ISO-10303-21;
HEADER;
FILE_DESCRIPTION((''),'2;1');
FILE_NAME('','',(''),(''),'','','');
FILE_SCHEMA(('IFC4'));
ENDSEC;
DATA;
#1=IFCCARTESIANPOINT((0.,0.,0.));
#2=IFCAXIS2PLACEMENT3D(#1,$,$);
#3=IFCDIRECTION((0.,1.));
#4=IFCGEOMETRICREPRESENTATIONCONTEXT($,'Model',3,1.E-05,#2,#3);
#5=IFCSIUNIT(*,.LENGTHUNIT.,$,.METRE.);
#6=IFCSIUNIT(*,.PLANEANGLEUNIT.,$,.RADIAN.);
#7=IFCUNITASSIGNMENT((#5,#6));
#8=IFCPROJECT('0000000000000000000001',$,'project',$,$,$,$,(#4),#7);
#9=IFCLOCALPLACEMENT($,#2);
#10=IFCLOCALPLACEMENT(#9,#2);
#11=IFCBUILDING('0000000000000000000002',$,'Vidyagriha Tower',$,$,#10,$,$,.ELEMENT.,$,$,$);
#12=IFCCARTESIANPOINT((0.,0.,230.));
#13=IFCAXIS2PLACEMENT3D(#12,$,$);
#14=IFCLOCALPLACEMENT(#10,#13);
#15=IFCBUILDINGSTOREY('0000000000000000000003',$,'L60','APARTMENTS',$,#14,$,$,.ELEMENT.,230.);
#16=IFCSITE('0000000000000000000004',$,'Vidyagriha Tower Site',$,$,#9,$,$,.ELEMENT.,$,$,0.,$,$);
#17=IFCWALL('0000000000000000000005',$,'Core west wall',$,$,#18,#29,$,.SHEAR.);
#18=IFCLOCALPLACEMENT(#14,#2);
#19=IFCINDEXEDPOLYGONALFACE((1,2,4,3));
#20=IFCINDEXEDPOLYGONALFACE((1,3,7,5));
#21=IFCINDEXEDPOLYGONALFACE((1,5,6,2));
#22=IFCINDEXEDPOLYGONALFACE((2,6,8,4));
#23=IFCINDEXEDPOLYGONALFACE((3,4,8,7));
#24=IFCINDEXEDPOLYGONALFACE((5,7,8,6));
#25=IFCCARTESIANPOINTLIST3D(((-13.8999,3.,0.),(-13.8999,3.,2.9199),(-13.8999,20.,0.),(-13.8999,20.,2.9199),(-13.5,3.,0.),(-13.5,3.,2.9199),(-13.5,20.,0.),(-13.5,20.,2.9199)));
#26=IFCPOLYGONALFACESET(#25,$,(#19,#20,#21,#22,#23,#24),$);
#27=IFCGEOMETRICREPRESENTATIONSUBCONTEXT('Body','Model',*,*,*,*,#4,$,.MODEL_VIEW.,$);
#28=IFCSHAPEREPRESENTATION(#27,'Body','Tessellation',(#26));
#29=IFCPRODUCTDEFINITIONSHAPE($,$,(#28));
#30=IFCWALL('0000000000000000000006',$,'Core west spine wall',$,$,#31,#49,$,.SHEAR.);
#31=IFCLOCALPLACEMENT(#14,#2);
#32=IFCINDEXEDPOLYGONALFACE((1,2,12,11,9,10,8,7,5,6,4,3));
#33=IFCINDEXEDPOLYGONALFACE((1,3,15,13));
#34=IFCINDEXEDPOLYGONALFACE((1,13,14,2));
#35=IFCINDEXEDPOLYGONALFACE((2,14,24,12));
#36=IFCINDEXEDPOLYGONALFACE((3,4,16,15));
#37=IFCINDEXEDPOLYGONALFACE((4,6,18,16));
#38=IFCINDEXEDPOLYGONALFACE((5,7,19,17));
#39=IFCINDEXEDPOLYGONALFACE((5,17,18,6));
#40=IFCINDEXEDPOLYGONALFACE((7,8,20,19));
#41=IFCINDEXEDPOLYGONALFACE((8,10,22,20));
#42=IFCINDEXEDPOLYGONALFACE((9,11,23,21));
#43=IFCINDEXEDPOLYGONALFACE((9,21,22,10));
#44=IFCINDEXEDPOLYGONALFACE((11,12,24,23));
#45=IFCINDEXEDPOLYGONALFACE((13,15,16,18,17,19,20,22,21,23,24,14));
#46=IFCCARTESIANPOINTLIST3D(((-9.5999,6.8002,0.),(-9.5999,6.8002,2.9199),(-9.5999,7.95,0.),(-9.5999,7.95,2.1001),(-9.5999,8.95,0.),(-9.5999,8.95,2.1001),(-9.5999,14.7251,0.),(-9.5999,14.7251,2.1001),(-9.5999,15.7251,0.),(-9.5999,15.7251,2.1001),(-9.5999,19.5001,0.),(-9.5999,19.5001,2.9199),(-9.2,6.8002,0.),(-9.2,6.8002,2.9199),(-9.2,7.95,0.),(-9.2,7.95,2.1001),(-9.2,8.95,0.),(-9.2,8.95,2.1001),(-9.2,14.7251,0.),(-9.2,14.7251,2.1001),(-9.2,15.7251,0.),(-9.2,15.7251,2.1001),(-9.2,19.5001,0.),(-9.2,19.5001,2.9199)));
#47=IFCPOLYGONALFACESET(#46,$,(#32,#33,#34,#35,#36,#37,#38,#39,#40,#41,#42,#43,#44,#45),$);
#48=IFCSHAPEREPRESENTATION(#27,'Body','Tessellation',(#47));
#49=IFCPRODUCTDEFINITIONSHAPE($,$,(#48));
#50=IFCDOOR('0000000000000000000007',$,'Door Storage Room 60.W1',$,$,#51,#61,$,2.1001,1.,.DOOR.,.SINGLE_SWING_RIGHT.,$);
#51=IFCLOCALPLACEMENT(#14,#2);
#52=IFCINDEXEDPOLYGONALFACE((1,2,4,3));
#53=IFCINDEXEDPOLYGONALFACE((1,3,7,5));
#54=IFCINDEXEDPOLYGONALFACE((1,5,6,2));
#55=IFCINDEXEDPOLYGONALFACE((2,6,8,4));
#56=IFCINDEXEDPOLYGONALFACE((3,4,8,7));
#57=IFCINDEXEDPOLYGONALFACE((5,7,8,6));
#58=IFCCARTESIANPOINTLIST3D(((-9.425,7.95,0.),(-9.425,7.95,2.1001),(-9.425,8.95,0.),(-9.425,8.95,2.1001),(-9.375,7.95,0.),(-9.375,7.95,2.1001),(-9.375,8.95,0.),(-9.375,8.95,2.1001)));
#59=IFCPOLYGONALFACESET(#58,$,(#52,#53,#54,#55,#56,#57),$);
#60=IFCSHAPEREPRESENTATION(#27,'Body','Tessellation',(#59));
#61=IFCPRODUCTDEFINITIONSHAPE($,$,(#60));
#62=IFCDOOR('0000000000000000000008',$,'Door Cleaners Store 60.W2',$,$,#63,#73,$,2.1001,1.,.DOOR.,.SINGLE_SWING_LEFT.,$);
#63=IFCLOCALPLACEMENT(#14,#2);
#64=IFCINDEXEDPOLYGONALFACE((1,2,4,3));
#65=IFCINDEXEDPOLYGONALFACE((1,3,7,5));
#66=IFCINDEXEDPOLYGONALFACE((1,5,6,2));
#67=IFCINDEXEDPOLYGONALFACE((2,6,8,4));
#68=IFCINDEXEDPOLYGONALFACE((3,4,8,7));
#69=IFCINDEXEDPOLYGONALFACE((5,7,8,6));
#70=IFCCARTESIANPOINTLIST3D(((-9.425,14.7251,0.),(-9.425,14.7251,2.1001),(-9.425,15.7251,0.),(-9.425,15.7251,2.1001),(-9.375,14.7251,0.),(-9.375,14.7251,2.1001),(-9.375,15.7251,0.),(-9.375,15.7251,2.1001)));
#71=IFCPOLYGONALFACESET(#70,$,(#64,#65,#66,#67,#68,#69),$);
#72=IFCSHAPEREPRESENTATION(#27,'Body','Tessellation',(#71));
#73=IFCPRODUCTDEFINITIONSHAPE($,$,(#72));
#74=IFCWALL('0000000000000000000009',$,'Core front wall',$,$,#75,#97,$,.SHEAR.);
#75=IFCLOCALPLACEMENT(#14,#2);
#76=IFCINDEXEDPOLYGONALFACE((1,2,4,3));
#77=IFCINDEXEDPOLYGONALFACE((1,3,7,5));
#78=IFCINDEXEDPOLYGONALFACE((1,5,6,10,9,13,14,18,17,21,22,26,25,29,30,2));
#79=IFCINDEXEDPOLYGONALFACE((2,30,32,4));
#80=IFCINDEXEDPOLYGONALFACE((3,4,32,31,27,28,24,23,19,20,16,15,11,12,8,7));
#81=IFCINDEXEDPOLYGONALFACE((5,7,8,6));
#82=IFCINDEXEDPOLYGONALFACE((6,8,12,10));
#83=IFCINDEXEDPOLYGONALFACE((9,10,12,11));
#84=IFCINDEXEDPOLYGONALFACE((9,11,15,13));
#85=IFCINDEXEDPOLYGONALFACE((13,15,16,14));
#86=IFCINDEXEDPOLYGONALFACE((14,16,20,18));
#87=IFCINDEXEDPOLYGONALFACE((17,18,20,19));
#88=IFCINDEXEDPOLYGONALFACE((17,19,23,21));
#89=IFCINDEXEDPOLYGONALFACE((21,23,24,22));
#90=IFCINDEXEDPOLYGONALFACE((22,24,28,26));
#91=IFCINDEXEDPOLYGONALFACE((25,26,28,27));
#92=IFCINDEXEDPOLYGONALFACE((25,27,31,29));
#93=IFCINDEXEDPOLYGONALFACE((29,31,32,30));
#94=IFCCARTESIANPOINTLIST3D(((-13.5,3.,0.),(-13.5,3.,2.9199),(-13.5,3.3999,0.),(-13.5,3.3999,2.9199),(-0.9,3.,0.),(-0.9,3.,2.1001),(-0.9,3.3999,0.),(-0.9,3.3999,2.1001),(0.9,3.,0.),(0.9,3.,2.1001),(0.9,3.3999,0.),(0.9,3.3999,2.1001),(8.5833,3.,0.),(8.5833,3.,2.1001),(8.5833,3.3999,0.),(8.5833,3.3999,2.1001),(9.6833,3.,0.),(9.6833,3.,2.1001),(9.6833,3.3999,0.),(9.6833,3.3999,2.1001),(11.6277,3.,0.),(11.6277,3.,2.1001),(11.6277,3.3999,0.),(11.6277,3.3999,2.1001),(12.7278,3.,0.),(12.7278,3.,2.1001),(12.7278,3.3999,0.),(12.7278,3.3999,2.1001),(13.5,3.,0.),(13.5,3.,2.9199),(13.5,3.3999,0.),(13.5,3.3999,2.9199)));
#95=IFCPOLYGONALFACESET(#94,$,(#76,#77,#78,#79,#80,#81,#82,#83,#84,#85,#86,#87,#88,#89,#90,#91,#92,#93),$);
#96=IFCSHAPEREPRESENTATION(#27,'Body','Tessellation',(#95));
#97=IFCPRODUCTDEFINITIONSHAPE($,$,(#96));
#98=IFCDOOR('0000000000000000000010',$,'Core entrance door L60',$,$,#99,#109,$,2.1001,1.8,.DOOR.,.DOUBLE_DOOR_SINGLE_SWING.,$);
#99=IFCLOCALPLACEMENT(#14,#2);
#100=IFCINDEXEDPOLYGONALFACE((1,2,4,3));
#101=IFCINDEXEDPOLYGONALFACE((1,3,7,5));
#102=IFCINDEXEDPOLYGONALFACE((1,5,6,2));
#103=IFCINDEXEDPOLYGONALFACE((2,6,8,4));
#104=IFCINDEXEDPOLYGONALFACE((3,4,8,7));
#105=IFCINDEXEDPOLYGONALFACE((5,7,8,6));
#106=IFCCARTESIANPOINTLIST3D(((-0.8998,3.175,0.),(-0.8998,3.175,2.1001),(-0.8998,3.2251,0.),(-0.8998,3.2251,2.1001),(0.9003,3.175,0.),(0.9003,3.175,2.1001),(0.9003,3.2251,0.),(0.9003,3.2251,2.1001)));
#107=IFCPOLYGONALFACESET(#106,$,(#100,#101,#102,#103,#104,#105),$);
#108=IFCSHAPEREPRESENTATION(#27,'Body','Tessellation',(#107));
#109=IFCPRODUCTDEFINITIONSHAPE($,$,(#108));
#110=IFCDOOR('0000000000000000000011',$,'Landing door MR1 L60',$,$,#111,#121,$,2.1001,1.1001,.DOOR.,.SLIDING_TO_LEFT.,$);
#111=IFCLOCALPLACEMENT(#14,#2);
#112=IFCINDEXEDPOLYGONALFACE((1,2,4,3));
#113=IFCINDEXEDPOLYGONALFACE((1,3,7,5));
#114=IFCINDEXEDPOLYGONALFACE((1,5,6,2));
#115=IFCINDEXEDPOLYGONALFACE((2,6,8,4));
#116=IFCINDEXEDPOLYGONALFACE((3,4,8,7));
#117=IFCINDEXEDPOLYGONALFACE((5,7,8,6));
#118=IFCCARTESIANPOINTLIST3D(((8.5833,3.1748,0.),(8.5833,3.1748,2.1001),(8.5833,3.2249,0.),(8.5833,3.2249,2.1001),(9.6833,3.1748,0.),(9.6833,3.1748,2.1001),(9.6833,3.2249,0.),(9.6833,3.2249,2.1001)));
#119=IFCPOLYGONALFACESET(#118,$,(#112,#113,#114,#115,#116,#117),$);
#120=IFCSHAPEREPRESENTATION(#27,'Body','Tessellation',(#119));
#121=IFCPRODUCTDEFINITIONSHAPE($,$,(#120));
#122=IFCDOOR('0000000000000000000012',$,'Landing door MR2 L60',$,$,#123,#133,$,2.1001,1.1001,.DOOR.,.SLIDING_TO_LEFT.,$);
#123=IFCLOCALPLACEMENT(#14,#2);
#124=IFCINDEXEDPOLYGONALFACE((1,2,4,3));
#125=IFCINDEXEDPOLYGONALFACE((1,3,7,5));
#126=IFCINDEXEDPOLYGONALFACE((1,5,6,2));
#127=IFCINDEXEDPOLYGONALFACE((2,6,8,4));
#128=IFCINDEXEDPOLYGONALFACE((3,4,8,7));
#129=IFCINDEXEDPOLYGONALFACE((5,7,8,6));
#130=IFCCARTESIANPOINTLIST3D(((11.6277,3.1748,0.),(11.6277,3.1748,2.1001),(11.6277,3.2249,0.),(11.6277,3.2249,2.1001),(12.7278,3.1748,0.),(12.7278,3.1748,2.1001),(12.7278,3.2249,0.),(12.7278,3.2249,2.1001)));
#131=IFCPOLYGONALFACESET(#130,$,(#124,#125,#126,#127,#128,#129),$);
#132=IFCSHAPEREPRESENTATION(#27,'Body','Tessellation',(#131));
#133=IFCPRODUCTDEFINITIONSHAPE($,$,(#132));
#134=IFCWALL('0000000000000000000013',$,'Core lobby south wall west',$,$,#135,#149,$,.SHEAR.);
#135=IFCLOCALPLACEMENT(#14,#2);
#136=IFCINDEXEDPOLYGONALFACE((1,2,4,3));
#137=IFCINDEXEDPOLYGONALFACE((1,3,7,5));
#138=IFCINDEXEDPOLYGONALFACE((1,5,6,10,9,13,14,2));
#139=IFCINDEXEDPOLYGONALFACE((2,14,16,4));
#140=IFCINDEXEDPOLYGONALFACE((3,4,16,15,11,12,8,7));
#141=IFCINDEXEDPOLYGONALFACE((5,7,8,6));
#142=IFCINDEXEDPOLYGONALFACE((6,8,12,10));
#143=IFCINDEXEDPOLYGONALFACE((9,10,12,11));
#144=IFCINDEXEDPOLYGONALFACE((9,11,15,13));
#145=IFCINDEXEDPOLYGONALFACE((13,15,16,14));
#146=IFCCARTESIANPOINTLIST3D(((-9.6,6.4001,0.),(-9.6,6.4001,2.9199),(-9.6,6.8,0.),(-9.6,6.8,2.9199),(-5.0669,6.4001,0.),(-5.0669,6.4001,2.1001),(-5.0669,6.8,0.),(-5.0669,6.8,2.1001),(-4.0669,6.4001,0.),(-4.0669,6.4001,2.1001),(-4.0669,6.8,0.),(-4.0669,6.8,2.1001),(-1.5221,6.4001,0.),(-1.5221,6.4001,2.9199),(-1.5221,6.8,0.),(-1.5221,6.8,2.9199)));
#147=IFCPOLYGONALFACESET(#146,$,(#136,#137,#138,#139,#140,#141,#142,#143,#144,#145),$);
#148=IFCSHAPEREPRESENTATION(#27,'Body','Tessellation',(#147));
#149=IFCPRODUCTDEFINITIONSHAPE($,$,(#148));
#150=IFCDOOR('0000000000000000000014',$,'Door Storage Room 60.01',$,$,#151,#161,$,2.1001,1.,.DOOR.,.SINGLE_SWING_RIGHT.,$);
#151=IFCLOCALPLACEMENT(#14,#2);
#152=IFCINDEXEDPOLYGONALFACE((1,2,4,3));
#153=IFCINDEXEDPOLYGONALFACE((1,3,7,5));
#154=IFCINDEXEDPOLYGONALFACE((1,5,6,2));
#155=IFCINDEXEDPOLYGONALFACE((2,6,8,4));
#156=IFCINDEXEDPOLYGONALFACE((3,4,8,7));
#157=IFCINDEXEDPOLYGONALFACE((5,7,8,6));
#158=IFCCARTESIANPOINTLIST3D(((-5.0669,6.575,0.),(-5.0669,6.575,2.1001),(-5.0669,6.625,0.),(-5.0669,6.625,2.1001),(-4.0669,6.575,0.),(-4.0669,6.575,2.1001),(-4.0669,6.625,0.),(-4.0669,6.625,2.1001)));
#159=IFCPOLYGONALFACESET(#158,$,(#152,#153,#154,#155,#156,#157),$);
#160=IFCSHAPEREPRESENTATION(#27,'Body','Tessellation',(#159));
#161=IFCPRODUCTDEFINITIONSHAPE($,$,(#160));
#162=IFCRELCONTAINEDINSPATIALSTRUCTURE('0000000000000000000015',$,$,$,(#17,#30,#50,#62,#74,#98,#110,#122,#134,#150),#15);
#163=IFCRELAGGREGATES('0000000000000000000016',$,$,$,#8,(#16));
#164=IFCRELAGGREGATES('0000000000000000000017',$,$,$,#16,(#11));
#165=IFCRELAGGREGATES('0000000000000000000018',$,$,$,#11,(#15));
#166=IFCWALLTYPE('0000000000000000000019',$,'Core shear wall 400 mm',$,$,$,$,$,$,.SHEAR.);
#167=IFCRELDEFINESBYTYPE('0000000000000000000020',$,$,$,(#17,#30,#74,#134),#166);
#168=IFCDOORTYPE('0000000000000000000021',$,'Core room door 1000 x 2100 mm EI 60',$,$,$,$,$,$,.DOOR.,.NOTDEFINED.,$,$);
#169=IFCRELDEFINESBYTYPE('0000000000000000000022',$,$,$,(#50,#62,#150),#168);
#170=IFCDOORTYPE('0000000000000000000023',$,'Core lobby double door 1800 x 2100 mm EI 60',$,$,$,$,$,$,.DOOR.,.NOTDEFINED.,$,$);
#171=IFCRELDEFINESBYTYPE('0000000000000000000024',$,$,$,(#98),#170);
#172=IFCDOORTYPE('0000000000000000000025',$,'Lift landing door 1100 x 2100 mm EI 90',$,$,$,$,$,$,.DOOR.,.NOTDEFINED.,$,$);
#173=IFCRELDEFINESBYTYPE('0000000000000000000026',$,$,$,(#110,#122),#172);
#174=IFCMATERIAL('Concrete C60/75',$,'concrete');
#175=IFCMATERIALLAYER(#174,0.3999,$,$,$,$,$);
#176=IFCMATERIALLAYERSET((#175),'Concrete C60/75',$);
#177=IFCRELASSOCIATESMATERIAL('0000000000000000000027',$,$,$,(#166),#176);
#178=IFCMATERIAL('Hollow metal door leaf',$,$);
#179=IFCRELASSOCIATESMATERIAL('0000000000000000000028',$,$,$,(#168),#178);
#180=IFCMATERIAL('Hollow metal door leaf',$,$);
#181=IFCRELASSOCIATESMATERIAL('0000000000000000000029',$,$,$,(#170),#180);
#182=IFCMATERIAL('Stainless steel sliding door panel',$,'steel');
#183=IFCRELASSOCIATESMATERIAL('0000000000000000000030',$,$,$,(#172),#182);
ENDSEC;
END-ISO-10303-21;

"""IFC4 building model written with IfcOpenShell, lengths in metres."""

from ifc_helpers import new_model, si_unit, direction, frame, frame_2d, origin, place, context, subcontext, project, spatial, rectangle, extrude, material, layer, layer_set, type_object, element, fill, save


model = new_model("IFC4")

# Units and contexts
model_context = context("Model", 3, precision=1e-05, world=origin(), true_north=direction((0.0, 1.0)))
body_context = subcontext(model_context, "Body", "Model", "MODEL_VIEW")
ifc_project = project(units=[si_unit("LENGTHUNIT", "METRE"), si_unit("PLANEANGLEUNIT", "RADIAN")], contexts=[model_context])

# Site, building, storey
site_placement = place(None, origin())
site = spatial("IfcSite", under=ifc_project, at=site_placement, Name="Vidyagriha Tower Site", CompositionType="ELEMENT", RefElevation=0.0)
building_placement = place(site_placement, origin())
building = spatial("IfcBuilding", under=site, at=building_placement, Name="Vidyagriha Tower", CompositionType="ELEMENT")
storey_placement = place(building_placement, frame((0.0, 0.0, 230.0)))
storey = spatial("IfcBuildingStorey", under=building, at=storey_placement, Name="L60", Description="APARTMENTS", CompositionType="ELEMENT", Elevation=230.0)

# Wall
ifc_material_1 = material(Name="Concrete C60/75", Category="concrete")
ifc_layer_1 = layer(ifc_material_1, 0.3999)
ifc_layer_set_1 = layer_set([ifc_layer_1], Name="Concrete C60/75")
wall_type_1 = type_object("IfcWallType", Name="Core shear wall 400 mm", PredefinedType="SHEAR", material=ifc_layer_set_1)
wall_1_placement = place(storey_placement, frame((-13.7, 3.0, 0.0), z_axis=(0.0, 0.0, 1.0), x_axis=(0.0, 1.0, 0.0)))
element("IfcWall", 1, at=wall_1_placement, inside=storey, type_object=wall_type_1, Name="Core west wall", PredefinedType="SHEAR", context=body_context, shape_type="SweptSolid", body=[
    extrude(rectangle(XDim=17.0, YDim=0.3999, at=frame_2d((8.5, 0.0))), origin(), (0.0, 0.0, 1.0), 2.9199),
])

# Walls, openings, doors
wall_2_placement = place(storey_placement, frame((-9.3999, 6.8, 0.0), z_axis=(0.0, 0.0, 1.0), x_axis=(0.0, 1.0, 0.0)))
wall_2 = element("IfcWall", 2, at=wall_2_placement, inside=storey, type_object=wall_type_1, Name="Core west spine wall", PredefinedType="SHEAR", context=body_context, shape_type="SweptSolid", body=[
    extrude(rectangle(XDim=12.7, YDim=0.3999, at=frame_2d((6.3501, 0.0))), origin(), (0.0, 0.0, 1.0), 2.9199),
])
opening_1_placement = place(wall_2_placement, frame((1.1499, 0.0, 0.0)))
opening_1 = element("IfcOpeningElement", 3, at=opening_1_placement, cuts=wall_2, PredefinedType="OPENING", context=body_context, shape_type="SweptSolid", body=[
    extrude(rectangle(XDim=1.0, YDim=2.1001, at=frame_2d((0.5, 1.05))), frame((0.0, 0.21, 0.0), z_axis=(0.0, -1.0, 0.0), x_axis=(1.0, 0.0, 0.0)), (0.0, 0.0, 1.0), 0.4199),
])
opening_2_placement = place(wall_2_placement, frame((7.925, 0.0, 0.0)))
opening_2 = element("IfcOpeningElement", 4, at=opening_2_placement, cuts=wall_2, PredefinedType="OPENING", context=body_context, shape_type="SweptSolid", body=[
    extrude(rectangle(XDim=1.0, YDim=2.1001, at=frame_2d((0.5, 1.05))), frame((0.0, 0.21, 0.0), z_axis=(0.0, -1.0, 0.0), x_axis=(1.0, 0.0, 0.0)), (0.0, 0.0, 1.0), 0.4199),
])
ifc_material_2 = material(Name="Hollow metal door leaf")
door_type_1 = type_object("IfcDoorType", Name="Core room door 1000 x 2100 mm EI 60", OperationType="NOTDEFINED", PredefinedType="DOOR", material=ifc_material_2)
door_1_placement = place(opening_1_placement, frame((1.0, 0.0, 0.0), z_axis=(0.0, 0.0, 1.0), x_axis=(-1.0, 0.0, 0.0)))
door_1 = element("IfcDoor", 5, at=door_1_placement, inside=storey, type_object=door_type_1, Name="Door Storage Room 60.W1", OperationType="SINGLE_SWING_RIGHT", OverallHeight=2.1001, OverallWidth=1.0, PredefinedType="DOOR", context=body_context, shape_type="SweptSolid", body=[
    extrude(rectangle(XDim=1.0, YDim=2.1001, at=frame_2d((0.5, 1.05))), frame((0.0, 0.0249, 0.0), z_axis=(0.0, -1.0, 0.0), x_axis=(1.0, 0.0, 0.0)), (0.0, 0.0, 1.0), 0.05),
])
fill(opening_1, door_1)
door_2_placement = place(opening_2_placement, frame((1.0, 0.0, 0.0), z_axis=(0.0, 0.0, 1.0), x_axis=(-1.0, 0.0, 0.0)))
door_2 = element("IfcDoor", 6, at=door_2_placement, inside=storey, type_object=door_type_1, Name="Door Cleaners Store 60.W2", OperationType="SINGLE_SWING_LEFT", OverallHeight=2.1001, OverallWidth=1.0, PredefinedType="DOOR", context=body_context, shape_type="SweptSolid", body=[
    extrude(rectangle(XDim=1.0, YDim=2.1001, at=frame_2d((0.5, 1.05))), frame((0.0, 0.0249, 0.0), z_axis=(0.0, -1.0, 0.0), x_axis=(1.0, 0.0, 0.0)), (0.0, 0.0, 1.0), 0.05),
])
fill(opening_2, door_2)
wall_3_placement = place(storey_placement, frame((-13.5, 3.2, 0.0)))
wall_3 = element("IfcWall", 7, at=wall_3_placement, inside=storey, type_object=wall_type_1, Name="Core front wall", PredefinedType="SHEAR", context=body_context, shape_type="SweptSolid", body=[
    extrude(rectangle(XDim=27.0, YDim=0.3999, at=frame_2d((13.5, 0.0))), origin(), (0.0, 0.0, 1.0), 2.9199),
])
opening_3_placement = place(wall_3_placement, frame((22.0833, 0.0, 0.0)))
opening_3 = element("IfcOpeningElement", 8, at=opening_3_placement, cuts=wall_3, PredefinedType="OPENING", context=body_context, shape_type="SweptSolid", body=[
    extrude(rectangle(XDim=1.1001, YDim=2.1001, at=frame_2d((0.55, 1.05))), frame((0.0, 0.21, 0.0), z_axis=(0.0, -1.0, 0.0), x_axis=(1.0, 0.0, 0.0)), (0.0, 0.0, 1.0), 0.4199),
])
opening_4_placement = place(wall_3_placement, frame((25.1277, 0.0, 0.0)))
opening_4 = element("IfcOpeningElement", 9, at=opening_4_placement, cuts=wall_3, PredefinedType="OPENING", context=body_context, shape_type="SweptSolid", body=[
    extrude(rectangle(XDim=1.1001, YDim=2.1001, at=frame_2d((0.55, 1.05))), frame((0.0, 0.21, 0.0), z_axis=(0.0, -1.0, 0.0), x_axis=(1.0, 0.0, 0.0)), (0.0, 0.0, 1.0), 0.4199),
])
opening_5_placement = place(wall_3_placement, frame((12.6001, 0.0, 0.0)))
opening_5 = element("IfcOpeningElement", 10, at=opening_5_placement, cuts=wall_3, PredefinedType="OPENING", context=body_context, shape_type="SweptSolid", body=[
    extrude(rectangle(XDim=1.8, YDim=2.1001, at=frame_2d((0.8999, 1.05))), frame((0.0, 0.21, 0.0), z_axis=(0.0, -1.0, 0.0), x_axis=(1.0, 0.0, 0.0)), (0.0, 0.0, 1.0), 0.4199),
])
ifc_material_3 = material(Name="Hollow metal door leaf")
door_type_2 = type_object("IfcDoorType", Name="Core lobby double door 1800 x 2100 mm EI 60", OperationType="NOTDEFINED", PredefinedType="DOOR", material=ifc_material_3)
door_3_placement = place(opening_5_placement, frame((1.8, 0.0, 0.0), z_axis=(0.0, 0.0, 1.0), x_axis=(-1.0, 0.0, 0.0)))
door_3 = element("IfcDoor", 11, at=door_3_placement, inside=storey, type_object=door_type_2, Name="Core entrance door L60", OperationType="DOUBLE_DOOR_SINGLE_SWING", OverallHeight=2.1001, OverallWidth=1.8, PredefinedType="DOOR", context=body_context, shape_type="SweptSolid", body=[
    extrude(rectangle(XDim=1.8, YDim=2.1001, at=frame_2d((0.8999, 1.05))), frame((0.0, 0.0249, 0.0), z_axis=(0.0, -1.0, 0.0), x_axis=(1.0, 0.0, 0.0)), (0.0, 0.0, 1.0), 0.05),
])
fill(opening_5, door_3)
ifc_material_4 = material(Name="Stainless steel sliding door panel", Category="steel")
door_type_3 = type_object("IfcDoorType", Name="Lift landing door 1100 x 2100 mm EI 90", OperationType="NOTDEFINED", PredefinedType="DOOR", material=ifc_material_4)
door_4_placement = place(opening_3_placement, origin())
door_4 = element("IfcDoor", 12, at=door_4_placement, inside=storey, type_object=door_type_3, Name="Landing door MR1 L60", OperationType="SLIDING_TO_LEFT", OverallHeight=2.1001, OverallWidth=1.1001, PredefinedType="DOOR", context=body_context, shape_type="SweptSolid", body=[
    extrude(rectangle(XDim=1.1001, YDim=2.1001, at=frame_2d((0.55, 1.05))), frame((0.0, 0.0249, 0.0), z_axis=(0.0, -1.0, 0.0), x_axis=(1.0, 0.0, 0.0)), (0.0, 0.0, 1.0), 0.05),
])
fill(opening_3, door_4)
door_5_placement = place(opening_4_placement, origin())
door_5 = element("IfcDoor", 13, at=door_5_placement, inside=storey, type_object=door_type_3, Name="Landing door MR2 L60", OperationType="SLIDING_TO_LEFT", OverallHeight=2.1001, OverallWidth=1.1001, PredefinedType="DOOR", context=body_context, shape_type="SweptSolid", body=[
    extrude(rectangle(XDim=1.1001, YDim=2.1001, at=frame_2d((0.55, 1.05))), frame((0.0, 0.0249, 0.0), z_axis=(0.0, -1.0, 0.0), x_axis=(1.0, 0.0, 0.0)), (0.0, 0.0, 1.0), 0.05),
])
fill(opening_4, door_5)

# Wall, opening, door
wall_4_placement = place(storey_placement, frame((-9.6001, 6.6001, 0.0)))
wall_4 = element("IfcWall", 14, at=wall_4_placement, inside=storey, type_object=wall_type_1, Name="Core lobby south wall west", PredefinedType="SHEAR", context=body_context, shape_type="SweptSolid", body=[
    extrude(rectangle(XDim=8.0779, YDim=0.3999, at=frame_2d((4.0391, 0.0))), origin(), (0.0, 0.0, 1.0), 2.9199),
])
opening_6_placement = place(wall_4_placement, frame((4.5332, 0.0, 0.0)))
opening_6 = element("IfcOpeningElement", 15, at=opening_6_placement, cuts=wall_4, PredefinedType="OPENING", context=body_context, shape_type="SweptSolid", body=[
    extrude(rectangle(XDim=1.0, YDim=2.1001, at=frame_2d((0.5, 1.05))), frame((0.0, 0.21, 0.0), z_axis=(0.0, -1.0, 0.0), x_axis=(1.0, 0.0, 0.0)), (0.0, 0.0, 1.0), 0.4199),
])
door_6_placement = place(opening_6_placement, origin())
door_6 = element("IfcDoor", 16, at=door_6_placement, inside=storey, type_object=door_type_1, Name="Door Storage Room 60.01", OperationType="SINGLE_SWING_RIGHT", OverallHeight=2.1001, OverallWidth=1.0, PredefinedType="DOOR", context=body_context, shape_type="SweptSolid", body=[
    extrude(rectangle(XDim=1.0, YDim=2.1001, at=frame_2d((0.5, 1.05))), frame((0.0, 0.0249, 0.0), z_axis=(0.0, -1.0, 0.0), x_axis=(1.0, 0.0, 0.0)), (0.0, 0.0, 1.0), 0.05),
])
fill(opening_6, door_6)

save(model, "model.ifc")
